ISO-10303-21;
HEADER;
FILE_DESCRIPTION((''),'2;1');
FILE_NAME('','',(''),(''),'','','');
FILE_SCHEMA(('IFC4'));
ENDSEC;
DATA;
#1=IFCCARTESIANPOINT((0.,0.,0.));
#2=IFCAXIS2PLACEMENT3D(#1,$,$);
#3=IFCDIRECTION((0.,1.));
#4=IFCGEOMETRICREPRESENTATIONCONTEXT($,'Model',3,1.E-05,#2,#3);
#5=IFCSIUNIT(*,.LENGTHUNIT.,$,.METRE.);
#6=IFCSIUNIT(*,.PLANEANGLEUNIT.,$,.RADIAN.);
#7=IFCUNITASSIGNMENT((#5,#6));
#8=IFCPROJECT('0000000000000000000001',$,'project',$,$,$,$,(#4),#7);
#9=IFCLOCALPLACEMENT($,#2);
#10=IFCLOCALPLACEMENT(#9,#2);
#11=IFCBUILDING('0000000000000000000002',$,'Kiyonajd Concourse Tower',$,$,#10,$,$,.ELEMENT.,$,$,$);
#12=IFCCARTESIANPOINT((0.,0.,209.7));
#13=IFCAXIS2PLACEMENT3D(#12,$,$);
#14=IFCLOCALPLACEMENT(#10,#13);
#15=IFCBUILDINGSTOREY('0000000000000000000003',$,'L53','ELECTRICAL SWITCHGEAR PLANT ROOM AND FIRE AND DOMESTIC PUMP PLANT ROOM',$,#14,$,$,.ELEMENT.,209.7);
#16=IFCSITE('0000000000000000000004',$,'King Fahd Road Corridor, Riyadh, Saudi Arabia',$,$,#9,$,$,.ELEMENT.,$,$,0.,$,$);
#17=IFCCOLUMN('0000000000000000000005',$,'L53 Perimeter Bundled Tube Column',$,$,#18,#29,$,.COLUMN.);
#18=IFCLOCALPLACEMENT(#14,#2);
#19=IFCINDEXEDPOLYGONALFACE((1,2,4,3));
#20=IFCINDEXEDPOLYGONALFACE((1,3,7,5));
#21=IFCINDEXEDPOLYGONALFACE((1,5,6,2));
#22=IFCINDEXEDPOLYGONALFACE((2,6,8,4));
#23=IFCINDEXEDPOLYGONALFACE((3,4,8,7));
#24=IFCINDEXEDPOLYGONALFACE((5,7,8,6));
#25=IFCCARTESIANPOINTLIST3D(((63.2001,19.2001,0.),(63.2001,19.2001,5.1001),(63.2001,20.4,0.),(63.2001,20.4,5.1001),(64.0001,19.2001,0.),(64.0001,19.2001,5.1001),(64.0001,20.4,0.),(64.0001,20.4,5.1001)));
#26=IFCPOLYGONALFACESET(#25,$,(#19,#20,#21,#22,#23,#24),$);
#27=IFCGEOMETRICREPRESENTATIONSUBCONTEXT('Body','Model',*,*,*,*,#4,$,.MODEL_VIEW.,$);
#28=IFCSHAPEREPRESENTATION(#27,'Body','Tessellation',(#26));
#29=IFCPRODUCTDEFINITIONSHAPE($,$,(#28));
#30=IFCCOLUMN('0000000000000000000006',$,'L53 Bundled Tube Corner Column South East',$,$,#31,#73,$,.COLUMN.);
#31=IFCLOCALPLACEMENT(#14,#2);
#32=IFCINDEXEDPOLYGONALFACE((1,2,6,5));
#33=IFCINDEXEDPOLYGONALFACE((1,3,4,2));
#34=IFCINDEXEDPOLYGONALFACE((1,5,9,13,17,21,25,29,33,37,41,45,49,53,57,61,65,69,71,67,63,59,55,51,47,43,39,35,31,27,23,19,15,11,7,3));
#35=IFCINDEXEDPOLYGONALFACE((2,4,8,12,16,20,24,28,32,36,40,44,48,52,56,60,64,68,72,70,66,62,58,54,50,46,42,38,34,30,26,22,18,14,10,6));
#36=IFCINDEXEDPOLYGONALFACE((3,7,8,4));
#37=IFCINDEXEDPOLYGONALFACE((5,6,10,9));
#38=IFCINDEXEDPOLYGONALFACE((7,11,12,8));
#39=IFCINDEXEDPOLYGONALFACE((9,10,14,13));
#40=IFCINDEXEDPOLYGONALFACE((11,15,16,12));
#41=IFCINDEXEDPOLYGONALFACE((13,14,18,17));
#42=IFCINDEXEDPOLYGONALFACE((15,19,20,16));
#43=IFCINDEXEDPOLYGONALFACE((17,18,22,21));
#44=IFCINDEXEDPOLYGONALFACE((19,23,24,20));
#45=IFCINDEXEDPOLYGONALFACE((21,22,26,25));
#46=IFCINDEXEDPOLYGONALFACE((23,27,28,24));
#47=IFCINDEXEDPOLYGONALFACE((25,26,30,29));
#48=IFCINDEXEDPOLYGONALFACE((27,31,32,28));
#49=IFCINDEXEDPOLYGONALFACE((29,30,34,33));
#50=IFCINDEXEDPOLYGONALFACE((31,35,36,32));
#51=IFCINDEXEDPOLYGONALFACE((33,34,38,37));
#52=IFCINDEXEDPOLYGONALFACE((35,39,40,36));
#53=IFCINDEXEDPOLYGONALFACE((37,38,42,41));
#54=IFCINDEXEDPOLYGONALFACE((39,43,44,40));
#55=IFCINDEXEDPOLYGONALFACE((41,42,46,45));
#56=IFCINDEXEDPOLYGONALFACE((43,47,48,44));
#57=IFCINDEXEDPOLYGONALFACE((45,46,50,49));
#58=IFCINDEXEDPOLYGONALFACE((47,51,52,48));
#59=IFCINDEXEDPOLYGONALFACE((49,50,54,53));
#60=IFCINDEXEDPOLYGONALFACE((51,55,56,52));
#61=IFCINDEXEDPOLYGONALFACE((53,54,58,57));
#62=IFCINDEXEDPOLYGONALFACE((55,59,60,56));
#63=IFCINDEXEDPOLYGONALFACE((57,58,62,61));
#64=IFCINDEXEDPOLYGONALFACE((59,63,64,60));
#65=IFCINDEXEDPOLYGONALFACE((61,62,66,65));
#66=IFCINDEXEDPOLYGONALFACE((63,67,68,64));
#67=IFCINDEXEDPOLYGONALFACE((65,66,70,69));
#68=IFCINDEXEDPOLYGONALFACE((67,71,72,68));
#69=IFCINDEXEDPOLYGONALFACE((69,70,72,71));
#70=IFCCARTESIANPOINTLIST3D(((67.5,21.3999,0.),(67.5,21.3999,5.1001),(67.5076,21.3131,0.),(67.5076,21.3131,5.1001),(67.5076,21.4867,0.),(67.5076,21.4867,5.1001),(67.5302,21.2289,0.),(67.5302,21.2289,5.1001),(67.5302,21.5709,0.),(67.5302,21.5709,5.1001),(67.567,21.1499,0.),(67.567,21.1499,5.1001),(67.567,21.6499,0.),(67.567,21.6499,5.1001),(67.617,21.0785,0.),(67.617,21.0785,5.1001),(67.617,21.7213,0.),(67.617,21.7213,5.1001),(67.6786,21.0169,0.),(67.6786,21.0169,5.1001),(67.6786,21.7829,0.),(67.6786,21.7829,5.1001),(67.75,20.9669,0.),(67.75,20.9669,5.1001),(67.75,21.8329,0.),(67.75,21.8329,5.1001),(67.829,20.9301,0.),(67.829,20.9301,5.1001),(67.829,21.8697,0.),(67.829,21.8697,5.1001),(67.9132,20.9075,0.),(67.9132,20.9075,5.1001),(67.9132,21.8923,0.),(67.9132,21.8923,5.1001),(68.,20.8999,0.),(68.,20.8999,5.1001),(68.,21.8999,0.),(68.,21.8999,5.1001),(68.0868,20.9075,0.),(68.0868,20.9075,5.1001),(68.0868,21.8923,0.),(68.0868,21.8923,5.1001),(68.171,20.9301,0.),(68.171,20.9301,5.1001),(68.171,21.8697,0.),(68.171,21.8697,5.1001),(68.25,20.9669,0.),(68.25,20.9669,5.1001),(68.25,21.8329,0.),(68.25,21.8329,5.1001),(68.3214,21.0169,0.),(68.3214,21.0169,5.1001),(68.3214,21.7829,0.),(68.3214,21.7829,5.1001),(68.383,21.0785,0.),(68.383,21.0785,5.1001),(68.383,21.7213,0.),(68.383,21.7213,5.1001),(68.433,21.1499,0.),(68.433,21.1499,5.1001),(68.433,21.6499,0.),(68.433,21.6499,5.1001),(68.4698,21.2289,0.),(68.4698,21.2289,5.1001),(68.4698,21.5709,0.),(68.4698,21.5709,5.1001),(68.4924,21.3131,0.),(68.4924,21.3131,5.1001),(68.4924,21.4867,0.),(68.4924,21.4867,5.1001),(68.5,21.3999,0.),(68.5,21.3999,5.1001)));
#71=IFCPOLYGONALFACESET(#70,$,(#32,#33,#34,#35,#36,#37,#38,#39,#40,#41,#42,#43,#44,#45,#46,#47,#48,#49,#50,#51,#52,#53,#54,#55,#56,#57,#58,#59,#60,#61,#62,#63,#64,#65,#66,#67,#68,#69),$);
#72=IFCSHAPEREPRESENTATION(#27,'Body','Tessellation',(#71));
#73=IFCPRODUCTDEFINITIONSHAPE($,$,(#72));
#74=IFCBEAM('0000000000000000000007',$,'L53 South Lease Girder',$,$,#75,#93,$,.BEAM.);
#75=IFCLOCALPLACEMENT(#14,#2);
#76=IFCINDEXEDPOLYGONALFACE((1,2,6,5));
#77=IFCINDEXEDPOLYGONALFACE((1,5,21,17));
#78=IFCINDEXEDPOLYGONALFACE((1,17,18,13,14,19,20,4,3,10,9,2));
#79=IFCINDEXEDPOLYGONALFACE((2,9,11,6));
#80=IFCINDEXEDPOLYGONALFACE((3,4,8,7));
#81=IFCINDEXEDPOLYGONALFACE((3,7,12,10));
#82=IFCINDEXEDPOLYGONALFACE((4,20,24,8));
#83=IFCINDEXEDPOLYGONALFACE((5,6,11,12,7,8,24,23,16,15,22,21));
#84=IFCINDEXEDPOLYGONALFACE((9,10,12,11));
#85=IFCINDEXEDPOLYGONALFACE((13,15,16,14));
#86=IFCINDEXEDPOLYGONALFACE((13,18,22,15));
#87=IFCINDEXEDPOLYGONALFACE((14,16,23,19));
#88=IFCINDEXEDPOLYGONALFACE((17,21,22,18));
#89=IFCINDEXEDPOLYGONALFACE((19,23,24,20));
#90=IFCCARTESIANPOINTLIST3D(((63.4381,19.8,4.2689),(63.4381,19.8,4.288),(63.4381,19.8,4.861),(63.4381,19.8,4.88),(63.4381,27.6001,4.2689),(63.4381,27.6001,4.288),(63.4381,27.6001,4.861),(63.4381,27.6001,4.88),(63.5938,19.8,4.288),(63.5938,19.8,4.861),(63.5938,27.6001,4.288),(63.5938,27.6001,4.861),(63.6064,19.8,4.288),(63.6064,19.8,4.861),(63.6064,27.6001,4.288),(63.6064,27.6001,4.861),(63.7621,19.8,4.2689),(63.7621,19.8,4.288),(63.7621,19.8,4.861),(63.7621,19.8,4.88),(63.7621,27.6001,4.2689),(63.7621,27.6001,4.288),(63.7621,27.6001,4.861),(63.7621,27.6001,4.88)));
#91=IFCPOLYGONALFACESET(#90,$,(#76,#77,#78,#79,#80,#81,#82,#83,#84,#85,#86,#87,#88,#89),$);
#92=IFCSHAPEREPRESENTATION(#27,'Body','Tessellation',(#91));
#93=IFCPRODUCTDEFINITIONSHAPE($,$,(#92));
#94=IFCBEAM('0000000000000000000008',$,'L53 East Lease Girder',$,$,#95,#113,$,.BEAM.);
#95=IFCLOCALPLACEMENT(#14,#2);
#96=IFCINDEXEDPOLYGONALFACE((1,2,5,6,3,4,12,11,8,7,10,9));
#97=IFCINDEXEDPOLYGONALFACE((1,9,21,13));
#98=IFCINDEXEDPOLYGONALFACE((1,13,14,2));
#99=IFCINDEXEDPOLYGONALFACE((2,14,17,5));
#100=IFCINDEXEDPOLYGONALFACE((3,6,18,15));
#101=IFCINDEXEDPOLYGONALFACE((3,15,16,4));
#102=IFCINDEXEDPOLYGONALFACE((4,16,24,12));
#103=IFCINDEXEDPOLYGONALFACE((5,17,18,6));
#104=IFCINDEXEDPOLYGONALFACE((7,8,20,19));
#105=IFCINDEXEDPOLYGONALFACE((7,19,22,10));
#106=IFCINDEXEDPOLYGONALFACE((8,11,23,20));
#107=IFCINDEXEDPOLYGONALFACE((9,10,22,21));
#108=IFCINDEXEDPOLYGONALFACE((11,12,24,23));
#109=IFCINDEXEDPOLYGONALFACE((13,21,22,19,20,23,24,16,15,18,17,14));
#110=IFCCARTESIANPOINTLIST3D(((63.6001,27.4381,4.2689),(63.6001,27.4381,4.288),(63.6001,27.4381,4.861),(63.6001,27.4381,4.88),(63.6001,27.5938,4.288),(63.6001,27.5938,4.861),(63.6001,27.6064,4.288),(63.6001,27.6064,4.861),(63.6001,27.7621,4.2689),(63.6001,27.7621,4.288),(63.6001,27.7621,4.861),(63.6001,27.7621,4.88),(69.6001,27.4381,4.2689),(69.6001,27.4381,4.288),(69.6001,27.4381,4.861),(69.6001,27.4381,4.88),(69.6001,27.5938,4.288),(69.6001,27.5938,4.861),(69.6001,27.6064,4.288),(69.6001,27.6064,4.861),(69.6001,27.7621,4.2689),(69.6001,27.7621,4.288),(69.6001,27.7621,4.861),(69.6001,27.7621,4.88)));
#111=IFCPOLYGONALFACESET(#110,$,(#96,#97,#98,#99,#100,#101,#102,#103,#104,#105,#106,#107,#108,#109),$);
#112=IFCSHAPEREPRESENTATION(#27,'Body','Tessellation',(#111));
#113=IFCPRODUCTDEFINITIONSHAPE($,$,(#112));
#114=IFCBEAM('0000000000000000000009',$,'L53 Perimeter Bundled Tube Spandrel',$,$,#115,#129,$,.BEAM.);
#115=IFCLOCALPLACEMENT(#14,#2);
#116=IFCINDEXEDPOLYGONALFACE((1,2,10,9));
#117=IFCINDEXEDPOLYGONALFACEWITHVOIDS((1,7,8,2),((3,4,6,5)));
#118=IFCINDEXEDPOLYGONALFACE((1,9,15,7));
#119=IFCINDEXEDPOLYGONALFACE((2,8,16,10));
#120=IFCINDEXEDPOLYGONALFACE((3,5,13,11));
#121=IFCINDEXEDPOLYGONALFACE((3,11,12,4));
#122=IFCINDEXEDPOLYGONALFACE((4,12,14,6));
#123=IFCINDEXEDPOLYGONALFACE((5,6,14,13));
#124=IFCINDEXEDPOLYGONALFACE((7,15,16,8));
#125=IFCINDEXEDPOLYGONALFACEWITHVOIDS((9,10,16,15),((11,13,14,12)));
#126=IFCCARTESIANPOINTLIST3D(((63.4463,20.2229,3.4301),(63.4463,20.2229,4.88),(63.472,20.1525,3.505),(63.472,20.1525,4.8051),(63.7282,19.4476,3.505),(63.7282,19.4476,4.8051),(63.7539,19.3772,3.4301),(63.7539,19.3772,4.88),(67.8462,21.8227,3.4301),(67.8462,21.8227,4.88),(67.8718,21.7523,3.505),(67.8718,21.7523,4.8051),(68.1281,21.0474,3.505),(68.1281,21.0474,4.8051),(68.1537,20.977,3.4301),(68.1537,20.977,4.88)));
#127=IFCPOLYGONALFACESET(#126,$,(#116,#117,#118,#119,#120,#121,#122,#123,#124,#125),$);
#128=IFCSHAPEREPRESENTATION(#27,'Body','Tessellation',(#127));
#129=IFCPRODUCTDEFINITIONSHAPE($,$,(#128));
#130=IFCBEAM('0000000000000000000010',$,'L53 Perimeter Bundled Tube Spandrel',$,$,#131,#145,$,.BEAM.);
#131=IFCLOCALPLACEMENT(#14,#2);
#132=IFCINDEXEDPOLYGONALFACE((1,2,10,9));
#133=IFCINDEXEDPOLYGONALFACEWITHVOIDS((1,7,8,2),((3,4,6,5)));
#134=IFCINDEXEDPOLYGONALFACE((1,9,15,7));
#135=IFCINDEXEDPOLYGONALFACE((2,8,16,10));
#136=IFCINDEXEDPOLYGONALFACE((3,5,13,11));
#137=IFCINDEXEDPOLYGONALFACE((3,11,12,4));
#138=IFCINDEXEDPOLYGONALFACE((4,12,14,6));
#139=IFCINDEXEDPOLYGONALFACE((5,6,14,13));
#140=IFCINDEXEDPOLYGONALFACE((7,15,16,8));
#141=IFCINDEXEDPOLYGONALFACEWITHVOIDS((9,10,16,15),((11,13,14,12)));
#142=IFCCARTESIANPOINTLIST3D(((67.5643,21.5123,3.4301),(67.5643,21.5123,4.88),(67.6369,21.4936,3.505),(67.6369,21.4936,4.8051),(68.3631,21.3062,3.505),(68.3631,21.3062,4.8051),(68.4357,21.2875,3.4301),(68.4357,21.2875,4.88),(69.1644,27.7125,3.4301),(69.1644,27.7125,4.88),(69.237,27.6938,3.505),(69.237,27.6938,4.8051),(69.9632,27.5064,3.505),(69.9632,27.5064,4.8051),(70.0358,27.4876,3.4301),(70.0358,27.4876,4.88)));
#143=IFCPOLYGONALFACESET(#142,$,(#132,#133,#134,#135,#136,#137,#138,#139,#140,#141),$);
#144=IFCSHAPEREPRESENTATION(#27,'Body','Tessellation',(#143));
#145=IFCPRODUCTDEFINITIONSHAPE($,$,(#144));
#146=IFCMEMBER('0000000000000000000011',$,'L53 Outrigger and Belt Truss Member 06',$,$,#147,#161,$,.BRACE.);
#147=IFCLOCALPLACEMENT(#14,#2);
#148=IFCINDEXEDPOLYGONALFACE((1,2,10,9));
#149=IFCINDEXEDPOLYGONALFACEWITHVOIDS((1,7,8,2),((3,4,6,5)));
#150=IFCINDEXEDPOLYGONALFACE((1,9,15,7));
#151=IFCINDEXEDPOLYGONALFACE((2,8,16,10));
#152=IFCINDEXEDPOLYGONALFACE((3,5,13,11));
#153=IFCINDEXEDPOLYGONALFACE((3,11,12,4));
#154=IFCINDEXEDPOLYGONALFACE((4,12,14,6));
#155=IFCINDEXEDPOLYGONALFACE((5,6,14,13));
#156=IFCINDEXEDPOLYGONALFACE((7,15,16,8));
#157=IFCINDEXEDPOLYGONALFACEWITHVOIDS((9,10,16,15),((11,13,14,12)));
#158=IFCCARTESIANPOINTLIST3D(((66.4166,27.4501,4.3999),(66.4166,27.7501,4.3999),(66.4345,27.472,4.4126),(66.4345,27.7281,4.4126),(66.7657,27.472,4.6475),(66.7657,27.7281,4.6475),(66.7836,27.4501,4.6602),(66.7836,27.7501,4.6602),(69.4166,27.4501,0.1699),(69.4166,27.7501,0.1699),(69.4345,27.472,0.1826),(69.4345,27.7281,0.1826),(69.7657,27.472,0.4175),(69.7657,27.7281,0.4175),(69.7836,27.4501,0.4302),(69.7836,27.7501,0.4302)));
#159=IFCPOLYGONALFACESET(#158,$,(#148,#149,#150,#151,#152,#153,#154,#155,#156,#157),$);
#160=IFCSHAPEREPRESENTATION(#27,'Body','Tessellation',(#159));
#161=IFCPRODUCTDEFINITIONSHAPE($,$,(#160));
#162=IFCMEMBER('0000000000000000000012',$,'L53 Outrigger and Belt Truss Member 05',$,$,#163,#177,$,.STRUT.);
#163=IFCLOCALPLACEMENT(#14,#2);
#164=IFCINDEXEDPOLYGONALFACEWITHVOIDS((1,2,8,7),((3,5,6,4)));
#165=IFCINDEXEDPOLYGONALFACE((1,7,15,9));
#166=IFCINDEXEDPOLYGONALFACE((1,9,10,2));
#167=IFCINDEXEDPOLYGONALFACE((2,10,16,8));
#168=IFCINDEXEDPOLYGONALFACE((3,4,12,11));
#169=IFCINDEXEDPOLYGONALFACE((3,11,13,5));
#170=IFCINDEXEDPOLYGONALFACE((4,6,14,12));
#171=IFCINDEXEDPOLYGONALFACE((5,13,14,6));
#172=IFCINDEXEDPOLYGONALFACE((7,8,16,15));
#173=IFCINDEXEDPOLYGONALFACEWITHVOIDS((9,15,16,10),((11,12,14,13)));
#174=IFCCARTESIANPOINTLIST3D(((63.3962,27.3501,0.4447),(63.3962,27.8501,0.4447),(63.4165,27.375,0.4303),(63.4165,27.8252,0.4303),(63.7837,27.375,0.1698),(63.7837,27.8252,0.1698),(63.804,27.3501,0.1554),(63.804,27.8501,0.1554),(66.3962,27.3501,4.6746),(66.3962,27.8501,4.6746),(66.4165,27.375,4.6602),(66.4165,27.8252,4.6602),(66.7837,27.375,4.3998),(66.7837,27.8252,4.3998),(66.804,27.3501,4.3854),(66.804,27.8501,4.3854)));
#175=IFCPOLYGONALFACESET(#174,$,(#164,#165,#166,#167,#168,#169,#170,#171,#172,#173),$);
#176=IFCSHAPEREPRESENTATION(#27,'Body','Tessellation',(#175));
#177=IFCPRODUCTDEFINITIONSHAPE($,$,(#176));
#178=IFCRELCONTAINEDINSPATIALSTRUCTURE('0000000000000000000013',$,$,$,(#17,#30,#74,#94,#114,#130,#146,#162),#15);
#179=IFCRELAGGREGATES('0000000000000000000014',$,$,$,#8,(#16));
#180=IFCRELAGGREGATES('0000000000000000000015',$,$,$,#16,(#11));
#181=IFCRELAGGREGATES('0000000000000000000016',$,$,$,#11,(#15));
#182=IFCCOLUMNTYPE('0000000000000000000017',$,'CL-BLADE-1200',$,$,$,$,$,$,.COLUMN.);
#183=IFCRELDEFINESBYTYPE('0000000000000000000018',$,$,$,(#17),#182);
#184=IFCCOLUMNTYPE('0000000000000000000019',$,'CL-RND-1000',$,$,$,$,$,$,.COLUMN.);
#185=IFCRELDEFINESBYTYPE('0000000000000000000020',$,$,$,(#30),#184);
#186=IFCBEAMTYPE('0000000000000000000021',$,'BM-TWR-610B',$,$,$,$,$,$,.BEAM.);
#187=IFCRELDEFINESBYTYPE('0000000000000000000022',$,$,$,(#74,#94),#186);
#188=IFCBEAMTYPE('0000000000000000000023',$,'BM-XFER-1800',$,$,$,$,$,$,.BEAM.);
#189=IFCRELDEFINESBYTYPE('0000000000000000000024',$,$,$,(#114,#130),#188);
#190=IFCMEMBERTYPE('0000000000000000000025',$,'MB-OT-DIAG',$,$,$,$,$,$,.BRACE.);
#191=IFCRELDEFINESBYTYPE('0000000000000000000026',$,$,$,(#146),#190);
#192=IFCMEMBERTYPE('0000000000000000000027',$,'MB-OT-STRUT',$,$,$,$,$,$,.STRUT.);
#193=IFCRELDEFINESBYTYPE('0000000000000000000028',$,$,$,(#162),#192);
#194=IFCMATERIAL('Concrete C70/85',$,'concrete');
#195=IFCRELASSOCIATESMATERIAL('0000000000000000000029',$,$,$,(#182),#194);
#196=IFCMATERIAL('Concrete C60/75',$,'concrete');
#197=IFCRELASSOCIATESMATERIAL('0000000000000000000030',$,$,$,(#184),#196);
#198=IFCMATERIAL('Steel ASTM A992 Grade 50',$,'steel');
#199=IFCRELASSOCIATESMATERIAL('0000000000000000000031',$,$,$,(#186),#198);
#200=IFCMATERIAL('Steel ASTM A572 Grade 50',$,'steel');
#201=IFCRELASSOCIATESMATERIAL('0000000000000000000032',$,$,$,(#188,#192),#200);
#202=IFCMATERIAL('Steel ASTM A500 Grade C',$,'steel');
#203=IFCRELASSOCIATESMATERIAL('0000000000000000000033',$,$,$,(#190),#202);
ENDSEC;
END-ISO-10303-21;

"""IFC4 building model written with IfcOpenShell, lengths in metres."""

from ifc_helpers import new_model, si_unit, direction, frame, origin, origin_2d, place, context, subcontext, project, spatial, rectangle, hollow_rectangle, circle, i_section, extrude, material, material_profile, profile_set, type_object, element, save


model = new_model("IFC4")

# Units and contexts
model_context = context("Model", 3, precision=1e-05, world=origin(), true_north=direction((0.0, 1.0)))
body_context = subcontext(model_context, "Body", "Model", "MODEL_VIEW")
ifc_project = project(units=[si_unit("LENGTHUNIT", "METRE"), si_unit("PLANEANGLEUNIT", "RADIAN")], contexts=[model_context])

# Site, building, storey
site_placement = place(None, origin())
site = spatial("IfcSite", under=ifc_project, at=site_placement, Name="King Fahd Road Corridor, Riyadh, Saudi Arabia", CompositionType="ELEMENT", RefElevation=0.0)
building_placement = place(site_placement, origin())
building = spatial("IfcBuilding", under=site, at=building_placement, Name="Kiyonajd Concourse Tower", CompositionType="ELEMENT")
storey_placement = place(building_placement, frame((0.0, 0.0, 209.7)))
storey = spatial("IfcBuildingStorey", under=building, at=storey_placement, Name="L53", Description="ELECTRICAL SWITCHGEAR PLANT ROOM AND FIRE AND DOMESTIC PUMP PLANT ROOM", CompositionType="ELEMENT", Elevation=209.7)

# Columns
ifc_material_1 = material(Name="Concrete C70/85", Category="concrete")
ifc_material_profile_1 = material_profile(ifc_material_1, rectangle(XDim=0.8, YDim=1.2, at=origin_2d()), Name="RC-1200x800")
ifc_profile_set_1 = profile_set([ifc_material_profile_1], Name="Concrete C70/85")
column_type_1 = type_object("IfcColumnType", Name="CL-BLADE-1200", PredefinedType="COLUMN", material=ifc_profile_set_1)
column_1_placement = place(storey_placement, frame((63.6001, 19.8, 0.0), z_axis=(0.0, 0.0, 1.0), x_axis=(1.0, 0.0, 0.0)))
element("IfcColumn", 1, at=column_1_placement, inside=storey, type_object=column_type_1, Name="L53 Perimeter Bundled Tube Column", PredefinedType="COLUMN", context=body_context, shape_type="SweptSolid", body=[
    extrude(rectangle(XDim=0.8, YDim=1.2, at=origin_2d()), origin(), (0.0, 0.0, 1.0), 5.1001),
])
ifc_material_2 = material(Name="Concrete C60/75", Category="concrete")
ifc_material_profile_2 = material_profile(ifc_material_2, circle(Radius=0.5, at=origin_2d()), Name="RCC-D1000")
ifc_profile_set_2 = profile_set([ifc_material_profile_2], Name="Concrete C60/75")
column_type_2 = type_object("IfcColumnType", Name="CL-RND-1000", PredefinedType="COLUMN", material=ifc_profile_set_2)
column_2_placement = place(storey_placement, frame((68.0, 21.3999, 0.0), z_axis=(0.0, 0.0, 1.0), x_axis=(1.0, 0.0, 0.0)))
element("IfcColumn", 2, at=column_2_placement, inside=storey, type_object=column_type_2, Name="L53 Bundled Tube Corner Column South East", PredefinedType="COLUMN", context=body_context, shape_type="SweptSolid", body=[
    extrude(circle(Radius=0.5, at=origin_2d()), origin(), (0.0, 0.0, 1.0), 5.1001),
])

# Beams
ifc_material_3 = material(Name="Steel ASTM A992 Grade 50", Category="steel")
ifc_material_profile_3 = material_profile(ifc_material_3, i_section(OverallWidth=0.324, OverallDepth=0.6111, WebThickness=0.0127, FlangeThickness=0.019, at=origin_2d()), Name="W610X155")
ifc_profile_set_3 = profile_set([ifc_material_profile_3], Name="Steel ASTM A992 Grade 50")
beam_type_1 = type_object("IfcBeamType", Name="BM-TWR-610B", PredefinedType="BEAM", material=ifc_profile_set_3)
beam_1_placement = place(storey_placement, frame((63.6001, 19.8, 4.5745), z_axis=(0.0, 1.0, 0.0), x_axis=(-1.0, 0.0, 0.0)))
element("IfcBeam", 3, at=beam_1_placement, inside=storey, type_object=beam_type_1, Name="L53 South Lease Girder", PredefinedType="BEAM", context=body_context, shape_type="SweptSolid", body=[
    extrude(i_section(OverallWidth=0.324, OverallDepth=0.6111, WebThickness=0.0127, FlangeThickness=0.019, at=origin_2d()), origin(), (0.0, 0.0, 1.0), 7.8),
])
beam_2_placement = place(storey_placement, frame((63.6001, 27.6001, 4.5745), z_axis=(1.0, 0.0, 0.0), x_axis=(0.0, 1.0, 0.0)))
element("IfcBeam", 4, at=beam_2_placement, inside=storey, type_object=beam_type_1, Name="L53 East Lease Girder", PredefinedType="BEAM", context=body_context, shape_type="SweptSolid", body=[
    extrude(i_section(OverallWidth=0.324, OverallDepth=0.6111, WebThickness=0.0127, FlangeThickness=0.019, at=origin_2d()), origin(), (0.0, 0.0, 1.0), 6.0),
])
ifc_material_4 = material(Name="Steel ASTM A572 Grade 50", Category="steel")
ifc_material_profile_4 = material_profile(ifc_material_4, hollow_rectangle(XDim=0.8999, YDim=1.45, WallThickness=0.075, at=origin_2d()), Name="BOX-1450x900x75")
ifc_profile_set_4 = profile_set([ifc_material_profile_4], Name="Steel ASTM A572 Grade 50")
beam_type_2 = type_object("IfcBeamType", Name="BM-XFER-1800", PredefinedType="BEAM", material=ifc_profile_set_4)
beam_3_placement = place(storey_placement, frame((63.6001, 19.8, 4.155), z_axis=(0.939801, 0.341722, 0.0), x_axis=(-0.341722, 0.939801, 0.0)))
element("IfcBeam", 5, at=beam_3_placement, inside=storey, type_object=beam_type_2, Name="L53 Perimeter Bundled Tube Spandrel", PredefinedType="BEAM", context=body_context, shape_type="SweptSolid", body=[
    extrude(hollow_rectangle(XDim=0.8999, YDim=1.45, WallThickness=0.075, at=origin_2d()), origin(), (0.0, 0.0, 1.0), 4.6816),
])
beam_4_placement = place(storey_placement, frame((68.0, 21.3999, 4.155), z_axis=(0.249885, 0.968276, 0.0), x_axis=(-0.968276, 0.249885, 0.0)))
element("IfcBeam", 6, at=beam_4_placement, inside=storey, type_object=beam_type_2, Name="L53 Perimeter Bundled Tube Spandrel", PredefinedType="BEAM", context=body_context, shape_type="SweptSolid", body=[
    extrude(hollow_rectangle(XDim=0.8999, YDim=1.45, WallThickness=0.075, at=origin_2d()), origin(), (0.0, 0.0, 1.0), 6.4033),
])

# Members
ifc_material_5 = material(Name="Steel ASTM A500 Grade C", Category="steel")
ifc_material_profile_5 = material_profile(ifc_material_5, hollow_rectangle(XDim=0.3, YDim=0.45, WallThickness=0.022, at=origin_2d()), Name="HSS-450x300x22")
ifc_profile_set_5 = profile_set([ifc_material_profile_5], Name="Steel ASTM A500 Grade C")
member_type_1 = type_object("IfcMemberType", Name="MB-OT-DIAG", PredefinedType="BRACE", material=ifc_profile_set_5)
member_1_placement = place(storey_placement, frame((66.6001, 27.6001, 4.53), z_axis=(0.578501, 0.0, -0.815682), x_axis=(0.0, 1.0, 0.0)))
element("IfcMember", 7, at=member_1_placement, inside=storey, type_object=member_type_1, Name="L53 Outrigger and Belt Truss Member 06", PredefinedType="BRACE", context=body_context, shape_type="SweptSolid", body=[
    extrude(hollow_rectangle(XDim=0.3, YDim=0.45, WallThickness=0.022, at=origin_2d()), origin(), (0.0, 0.0, 1.0), 5.1858),
])
ifc_material_profile_6 = material_profile(ifc_material_4, hollow_rectangle(XDim=0.5, YDim=0.5, WallThickness=0.0249, at=origin_2d()), Name="HSS-500x500x25")
ifc_profile_set_6 = profile_set([ifc_material_profile_6], Name="Steel ASTM A572 Grade 50")
member_type_2 = type_object("IfcMemberType", Name="MB-OT-STRUT", PredefinedType="STRUT", material=ifc_profile_set_6)
member_2_placement = place(storey_placement, frame((63.6001, 27.6001, 0.3), z_axis=(0.578501, 0.0, 0.815682), x_axis=(0.0, 1.0, 0.0)))
element("IfcMember", 8, at=member_2_placement, inside=storey, type_object=member_type_2, Name="L53 Outrigger and Belt Truss Member 05", PredefinedType="STRUT", context=body_context, shape_type="SweptSolid", body=[
    extrude(hollow_rectangle(XDim=0.5, YDim=0.5, WallThickness=0.0249, at=origin_2d()), origin(), (0.0, 0.0, 1.0), 5.1858),
])

save(model, "model.ifc")
